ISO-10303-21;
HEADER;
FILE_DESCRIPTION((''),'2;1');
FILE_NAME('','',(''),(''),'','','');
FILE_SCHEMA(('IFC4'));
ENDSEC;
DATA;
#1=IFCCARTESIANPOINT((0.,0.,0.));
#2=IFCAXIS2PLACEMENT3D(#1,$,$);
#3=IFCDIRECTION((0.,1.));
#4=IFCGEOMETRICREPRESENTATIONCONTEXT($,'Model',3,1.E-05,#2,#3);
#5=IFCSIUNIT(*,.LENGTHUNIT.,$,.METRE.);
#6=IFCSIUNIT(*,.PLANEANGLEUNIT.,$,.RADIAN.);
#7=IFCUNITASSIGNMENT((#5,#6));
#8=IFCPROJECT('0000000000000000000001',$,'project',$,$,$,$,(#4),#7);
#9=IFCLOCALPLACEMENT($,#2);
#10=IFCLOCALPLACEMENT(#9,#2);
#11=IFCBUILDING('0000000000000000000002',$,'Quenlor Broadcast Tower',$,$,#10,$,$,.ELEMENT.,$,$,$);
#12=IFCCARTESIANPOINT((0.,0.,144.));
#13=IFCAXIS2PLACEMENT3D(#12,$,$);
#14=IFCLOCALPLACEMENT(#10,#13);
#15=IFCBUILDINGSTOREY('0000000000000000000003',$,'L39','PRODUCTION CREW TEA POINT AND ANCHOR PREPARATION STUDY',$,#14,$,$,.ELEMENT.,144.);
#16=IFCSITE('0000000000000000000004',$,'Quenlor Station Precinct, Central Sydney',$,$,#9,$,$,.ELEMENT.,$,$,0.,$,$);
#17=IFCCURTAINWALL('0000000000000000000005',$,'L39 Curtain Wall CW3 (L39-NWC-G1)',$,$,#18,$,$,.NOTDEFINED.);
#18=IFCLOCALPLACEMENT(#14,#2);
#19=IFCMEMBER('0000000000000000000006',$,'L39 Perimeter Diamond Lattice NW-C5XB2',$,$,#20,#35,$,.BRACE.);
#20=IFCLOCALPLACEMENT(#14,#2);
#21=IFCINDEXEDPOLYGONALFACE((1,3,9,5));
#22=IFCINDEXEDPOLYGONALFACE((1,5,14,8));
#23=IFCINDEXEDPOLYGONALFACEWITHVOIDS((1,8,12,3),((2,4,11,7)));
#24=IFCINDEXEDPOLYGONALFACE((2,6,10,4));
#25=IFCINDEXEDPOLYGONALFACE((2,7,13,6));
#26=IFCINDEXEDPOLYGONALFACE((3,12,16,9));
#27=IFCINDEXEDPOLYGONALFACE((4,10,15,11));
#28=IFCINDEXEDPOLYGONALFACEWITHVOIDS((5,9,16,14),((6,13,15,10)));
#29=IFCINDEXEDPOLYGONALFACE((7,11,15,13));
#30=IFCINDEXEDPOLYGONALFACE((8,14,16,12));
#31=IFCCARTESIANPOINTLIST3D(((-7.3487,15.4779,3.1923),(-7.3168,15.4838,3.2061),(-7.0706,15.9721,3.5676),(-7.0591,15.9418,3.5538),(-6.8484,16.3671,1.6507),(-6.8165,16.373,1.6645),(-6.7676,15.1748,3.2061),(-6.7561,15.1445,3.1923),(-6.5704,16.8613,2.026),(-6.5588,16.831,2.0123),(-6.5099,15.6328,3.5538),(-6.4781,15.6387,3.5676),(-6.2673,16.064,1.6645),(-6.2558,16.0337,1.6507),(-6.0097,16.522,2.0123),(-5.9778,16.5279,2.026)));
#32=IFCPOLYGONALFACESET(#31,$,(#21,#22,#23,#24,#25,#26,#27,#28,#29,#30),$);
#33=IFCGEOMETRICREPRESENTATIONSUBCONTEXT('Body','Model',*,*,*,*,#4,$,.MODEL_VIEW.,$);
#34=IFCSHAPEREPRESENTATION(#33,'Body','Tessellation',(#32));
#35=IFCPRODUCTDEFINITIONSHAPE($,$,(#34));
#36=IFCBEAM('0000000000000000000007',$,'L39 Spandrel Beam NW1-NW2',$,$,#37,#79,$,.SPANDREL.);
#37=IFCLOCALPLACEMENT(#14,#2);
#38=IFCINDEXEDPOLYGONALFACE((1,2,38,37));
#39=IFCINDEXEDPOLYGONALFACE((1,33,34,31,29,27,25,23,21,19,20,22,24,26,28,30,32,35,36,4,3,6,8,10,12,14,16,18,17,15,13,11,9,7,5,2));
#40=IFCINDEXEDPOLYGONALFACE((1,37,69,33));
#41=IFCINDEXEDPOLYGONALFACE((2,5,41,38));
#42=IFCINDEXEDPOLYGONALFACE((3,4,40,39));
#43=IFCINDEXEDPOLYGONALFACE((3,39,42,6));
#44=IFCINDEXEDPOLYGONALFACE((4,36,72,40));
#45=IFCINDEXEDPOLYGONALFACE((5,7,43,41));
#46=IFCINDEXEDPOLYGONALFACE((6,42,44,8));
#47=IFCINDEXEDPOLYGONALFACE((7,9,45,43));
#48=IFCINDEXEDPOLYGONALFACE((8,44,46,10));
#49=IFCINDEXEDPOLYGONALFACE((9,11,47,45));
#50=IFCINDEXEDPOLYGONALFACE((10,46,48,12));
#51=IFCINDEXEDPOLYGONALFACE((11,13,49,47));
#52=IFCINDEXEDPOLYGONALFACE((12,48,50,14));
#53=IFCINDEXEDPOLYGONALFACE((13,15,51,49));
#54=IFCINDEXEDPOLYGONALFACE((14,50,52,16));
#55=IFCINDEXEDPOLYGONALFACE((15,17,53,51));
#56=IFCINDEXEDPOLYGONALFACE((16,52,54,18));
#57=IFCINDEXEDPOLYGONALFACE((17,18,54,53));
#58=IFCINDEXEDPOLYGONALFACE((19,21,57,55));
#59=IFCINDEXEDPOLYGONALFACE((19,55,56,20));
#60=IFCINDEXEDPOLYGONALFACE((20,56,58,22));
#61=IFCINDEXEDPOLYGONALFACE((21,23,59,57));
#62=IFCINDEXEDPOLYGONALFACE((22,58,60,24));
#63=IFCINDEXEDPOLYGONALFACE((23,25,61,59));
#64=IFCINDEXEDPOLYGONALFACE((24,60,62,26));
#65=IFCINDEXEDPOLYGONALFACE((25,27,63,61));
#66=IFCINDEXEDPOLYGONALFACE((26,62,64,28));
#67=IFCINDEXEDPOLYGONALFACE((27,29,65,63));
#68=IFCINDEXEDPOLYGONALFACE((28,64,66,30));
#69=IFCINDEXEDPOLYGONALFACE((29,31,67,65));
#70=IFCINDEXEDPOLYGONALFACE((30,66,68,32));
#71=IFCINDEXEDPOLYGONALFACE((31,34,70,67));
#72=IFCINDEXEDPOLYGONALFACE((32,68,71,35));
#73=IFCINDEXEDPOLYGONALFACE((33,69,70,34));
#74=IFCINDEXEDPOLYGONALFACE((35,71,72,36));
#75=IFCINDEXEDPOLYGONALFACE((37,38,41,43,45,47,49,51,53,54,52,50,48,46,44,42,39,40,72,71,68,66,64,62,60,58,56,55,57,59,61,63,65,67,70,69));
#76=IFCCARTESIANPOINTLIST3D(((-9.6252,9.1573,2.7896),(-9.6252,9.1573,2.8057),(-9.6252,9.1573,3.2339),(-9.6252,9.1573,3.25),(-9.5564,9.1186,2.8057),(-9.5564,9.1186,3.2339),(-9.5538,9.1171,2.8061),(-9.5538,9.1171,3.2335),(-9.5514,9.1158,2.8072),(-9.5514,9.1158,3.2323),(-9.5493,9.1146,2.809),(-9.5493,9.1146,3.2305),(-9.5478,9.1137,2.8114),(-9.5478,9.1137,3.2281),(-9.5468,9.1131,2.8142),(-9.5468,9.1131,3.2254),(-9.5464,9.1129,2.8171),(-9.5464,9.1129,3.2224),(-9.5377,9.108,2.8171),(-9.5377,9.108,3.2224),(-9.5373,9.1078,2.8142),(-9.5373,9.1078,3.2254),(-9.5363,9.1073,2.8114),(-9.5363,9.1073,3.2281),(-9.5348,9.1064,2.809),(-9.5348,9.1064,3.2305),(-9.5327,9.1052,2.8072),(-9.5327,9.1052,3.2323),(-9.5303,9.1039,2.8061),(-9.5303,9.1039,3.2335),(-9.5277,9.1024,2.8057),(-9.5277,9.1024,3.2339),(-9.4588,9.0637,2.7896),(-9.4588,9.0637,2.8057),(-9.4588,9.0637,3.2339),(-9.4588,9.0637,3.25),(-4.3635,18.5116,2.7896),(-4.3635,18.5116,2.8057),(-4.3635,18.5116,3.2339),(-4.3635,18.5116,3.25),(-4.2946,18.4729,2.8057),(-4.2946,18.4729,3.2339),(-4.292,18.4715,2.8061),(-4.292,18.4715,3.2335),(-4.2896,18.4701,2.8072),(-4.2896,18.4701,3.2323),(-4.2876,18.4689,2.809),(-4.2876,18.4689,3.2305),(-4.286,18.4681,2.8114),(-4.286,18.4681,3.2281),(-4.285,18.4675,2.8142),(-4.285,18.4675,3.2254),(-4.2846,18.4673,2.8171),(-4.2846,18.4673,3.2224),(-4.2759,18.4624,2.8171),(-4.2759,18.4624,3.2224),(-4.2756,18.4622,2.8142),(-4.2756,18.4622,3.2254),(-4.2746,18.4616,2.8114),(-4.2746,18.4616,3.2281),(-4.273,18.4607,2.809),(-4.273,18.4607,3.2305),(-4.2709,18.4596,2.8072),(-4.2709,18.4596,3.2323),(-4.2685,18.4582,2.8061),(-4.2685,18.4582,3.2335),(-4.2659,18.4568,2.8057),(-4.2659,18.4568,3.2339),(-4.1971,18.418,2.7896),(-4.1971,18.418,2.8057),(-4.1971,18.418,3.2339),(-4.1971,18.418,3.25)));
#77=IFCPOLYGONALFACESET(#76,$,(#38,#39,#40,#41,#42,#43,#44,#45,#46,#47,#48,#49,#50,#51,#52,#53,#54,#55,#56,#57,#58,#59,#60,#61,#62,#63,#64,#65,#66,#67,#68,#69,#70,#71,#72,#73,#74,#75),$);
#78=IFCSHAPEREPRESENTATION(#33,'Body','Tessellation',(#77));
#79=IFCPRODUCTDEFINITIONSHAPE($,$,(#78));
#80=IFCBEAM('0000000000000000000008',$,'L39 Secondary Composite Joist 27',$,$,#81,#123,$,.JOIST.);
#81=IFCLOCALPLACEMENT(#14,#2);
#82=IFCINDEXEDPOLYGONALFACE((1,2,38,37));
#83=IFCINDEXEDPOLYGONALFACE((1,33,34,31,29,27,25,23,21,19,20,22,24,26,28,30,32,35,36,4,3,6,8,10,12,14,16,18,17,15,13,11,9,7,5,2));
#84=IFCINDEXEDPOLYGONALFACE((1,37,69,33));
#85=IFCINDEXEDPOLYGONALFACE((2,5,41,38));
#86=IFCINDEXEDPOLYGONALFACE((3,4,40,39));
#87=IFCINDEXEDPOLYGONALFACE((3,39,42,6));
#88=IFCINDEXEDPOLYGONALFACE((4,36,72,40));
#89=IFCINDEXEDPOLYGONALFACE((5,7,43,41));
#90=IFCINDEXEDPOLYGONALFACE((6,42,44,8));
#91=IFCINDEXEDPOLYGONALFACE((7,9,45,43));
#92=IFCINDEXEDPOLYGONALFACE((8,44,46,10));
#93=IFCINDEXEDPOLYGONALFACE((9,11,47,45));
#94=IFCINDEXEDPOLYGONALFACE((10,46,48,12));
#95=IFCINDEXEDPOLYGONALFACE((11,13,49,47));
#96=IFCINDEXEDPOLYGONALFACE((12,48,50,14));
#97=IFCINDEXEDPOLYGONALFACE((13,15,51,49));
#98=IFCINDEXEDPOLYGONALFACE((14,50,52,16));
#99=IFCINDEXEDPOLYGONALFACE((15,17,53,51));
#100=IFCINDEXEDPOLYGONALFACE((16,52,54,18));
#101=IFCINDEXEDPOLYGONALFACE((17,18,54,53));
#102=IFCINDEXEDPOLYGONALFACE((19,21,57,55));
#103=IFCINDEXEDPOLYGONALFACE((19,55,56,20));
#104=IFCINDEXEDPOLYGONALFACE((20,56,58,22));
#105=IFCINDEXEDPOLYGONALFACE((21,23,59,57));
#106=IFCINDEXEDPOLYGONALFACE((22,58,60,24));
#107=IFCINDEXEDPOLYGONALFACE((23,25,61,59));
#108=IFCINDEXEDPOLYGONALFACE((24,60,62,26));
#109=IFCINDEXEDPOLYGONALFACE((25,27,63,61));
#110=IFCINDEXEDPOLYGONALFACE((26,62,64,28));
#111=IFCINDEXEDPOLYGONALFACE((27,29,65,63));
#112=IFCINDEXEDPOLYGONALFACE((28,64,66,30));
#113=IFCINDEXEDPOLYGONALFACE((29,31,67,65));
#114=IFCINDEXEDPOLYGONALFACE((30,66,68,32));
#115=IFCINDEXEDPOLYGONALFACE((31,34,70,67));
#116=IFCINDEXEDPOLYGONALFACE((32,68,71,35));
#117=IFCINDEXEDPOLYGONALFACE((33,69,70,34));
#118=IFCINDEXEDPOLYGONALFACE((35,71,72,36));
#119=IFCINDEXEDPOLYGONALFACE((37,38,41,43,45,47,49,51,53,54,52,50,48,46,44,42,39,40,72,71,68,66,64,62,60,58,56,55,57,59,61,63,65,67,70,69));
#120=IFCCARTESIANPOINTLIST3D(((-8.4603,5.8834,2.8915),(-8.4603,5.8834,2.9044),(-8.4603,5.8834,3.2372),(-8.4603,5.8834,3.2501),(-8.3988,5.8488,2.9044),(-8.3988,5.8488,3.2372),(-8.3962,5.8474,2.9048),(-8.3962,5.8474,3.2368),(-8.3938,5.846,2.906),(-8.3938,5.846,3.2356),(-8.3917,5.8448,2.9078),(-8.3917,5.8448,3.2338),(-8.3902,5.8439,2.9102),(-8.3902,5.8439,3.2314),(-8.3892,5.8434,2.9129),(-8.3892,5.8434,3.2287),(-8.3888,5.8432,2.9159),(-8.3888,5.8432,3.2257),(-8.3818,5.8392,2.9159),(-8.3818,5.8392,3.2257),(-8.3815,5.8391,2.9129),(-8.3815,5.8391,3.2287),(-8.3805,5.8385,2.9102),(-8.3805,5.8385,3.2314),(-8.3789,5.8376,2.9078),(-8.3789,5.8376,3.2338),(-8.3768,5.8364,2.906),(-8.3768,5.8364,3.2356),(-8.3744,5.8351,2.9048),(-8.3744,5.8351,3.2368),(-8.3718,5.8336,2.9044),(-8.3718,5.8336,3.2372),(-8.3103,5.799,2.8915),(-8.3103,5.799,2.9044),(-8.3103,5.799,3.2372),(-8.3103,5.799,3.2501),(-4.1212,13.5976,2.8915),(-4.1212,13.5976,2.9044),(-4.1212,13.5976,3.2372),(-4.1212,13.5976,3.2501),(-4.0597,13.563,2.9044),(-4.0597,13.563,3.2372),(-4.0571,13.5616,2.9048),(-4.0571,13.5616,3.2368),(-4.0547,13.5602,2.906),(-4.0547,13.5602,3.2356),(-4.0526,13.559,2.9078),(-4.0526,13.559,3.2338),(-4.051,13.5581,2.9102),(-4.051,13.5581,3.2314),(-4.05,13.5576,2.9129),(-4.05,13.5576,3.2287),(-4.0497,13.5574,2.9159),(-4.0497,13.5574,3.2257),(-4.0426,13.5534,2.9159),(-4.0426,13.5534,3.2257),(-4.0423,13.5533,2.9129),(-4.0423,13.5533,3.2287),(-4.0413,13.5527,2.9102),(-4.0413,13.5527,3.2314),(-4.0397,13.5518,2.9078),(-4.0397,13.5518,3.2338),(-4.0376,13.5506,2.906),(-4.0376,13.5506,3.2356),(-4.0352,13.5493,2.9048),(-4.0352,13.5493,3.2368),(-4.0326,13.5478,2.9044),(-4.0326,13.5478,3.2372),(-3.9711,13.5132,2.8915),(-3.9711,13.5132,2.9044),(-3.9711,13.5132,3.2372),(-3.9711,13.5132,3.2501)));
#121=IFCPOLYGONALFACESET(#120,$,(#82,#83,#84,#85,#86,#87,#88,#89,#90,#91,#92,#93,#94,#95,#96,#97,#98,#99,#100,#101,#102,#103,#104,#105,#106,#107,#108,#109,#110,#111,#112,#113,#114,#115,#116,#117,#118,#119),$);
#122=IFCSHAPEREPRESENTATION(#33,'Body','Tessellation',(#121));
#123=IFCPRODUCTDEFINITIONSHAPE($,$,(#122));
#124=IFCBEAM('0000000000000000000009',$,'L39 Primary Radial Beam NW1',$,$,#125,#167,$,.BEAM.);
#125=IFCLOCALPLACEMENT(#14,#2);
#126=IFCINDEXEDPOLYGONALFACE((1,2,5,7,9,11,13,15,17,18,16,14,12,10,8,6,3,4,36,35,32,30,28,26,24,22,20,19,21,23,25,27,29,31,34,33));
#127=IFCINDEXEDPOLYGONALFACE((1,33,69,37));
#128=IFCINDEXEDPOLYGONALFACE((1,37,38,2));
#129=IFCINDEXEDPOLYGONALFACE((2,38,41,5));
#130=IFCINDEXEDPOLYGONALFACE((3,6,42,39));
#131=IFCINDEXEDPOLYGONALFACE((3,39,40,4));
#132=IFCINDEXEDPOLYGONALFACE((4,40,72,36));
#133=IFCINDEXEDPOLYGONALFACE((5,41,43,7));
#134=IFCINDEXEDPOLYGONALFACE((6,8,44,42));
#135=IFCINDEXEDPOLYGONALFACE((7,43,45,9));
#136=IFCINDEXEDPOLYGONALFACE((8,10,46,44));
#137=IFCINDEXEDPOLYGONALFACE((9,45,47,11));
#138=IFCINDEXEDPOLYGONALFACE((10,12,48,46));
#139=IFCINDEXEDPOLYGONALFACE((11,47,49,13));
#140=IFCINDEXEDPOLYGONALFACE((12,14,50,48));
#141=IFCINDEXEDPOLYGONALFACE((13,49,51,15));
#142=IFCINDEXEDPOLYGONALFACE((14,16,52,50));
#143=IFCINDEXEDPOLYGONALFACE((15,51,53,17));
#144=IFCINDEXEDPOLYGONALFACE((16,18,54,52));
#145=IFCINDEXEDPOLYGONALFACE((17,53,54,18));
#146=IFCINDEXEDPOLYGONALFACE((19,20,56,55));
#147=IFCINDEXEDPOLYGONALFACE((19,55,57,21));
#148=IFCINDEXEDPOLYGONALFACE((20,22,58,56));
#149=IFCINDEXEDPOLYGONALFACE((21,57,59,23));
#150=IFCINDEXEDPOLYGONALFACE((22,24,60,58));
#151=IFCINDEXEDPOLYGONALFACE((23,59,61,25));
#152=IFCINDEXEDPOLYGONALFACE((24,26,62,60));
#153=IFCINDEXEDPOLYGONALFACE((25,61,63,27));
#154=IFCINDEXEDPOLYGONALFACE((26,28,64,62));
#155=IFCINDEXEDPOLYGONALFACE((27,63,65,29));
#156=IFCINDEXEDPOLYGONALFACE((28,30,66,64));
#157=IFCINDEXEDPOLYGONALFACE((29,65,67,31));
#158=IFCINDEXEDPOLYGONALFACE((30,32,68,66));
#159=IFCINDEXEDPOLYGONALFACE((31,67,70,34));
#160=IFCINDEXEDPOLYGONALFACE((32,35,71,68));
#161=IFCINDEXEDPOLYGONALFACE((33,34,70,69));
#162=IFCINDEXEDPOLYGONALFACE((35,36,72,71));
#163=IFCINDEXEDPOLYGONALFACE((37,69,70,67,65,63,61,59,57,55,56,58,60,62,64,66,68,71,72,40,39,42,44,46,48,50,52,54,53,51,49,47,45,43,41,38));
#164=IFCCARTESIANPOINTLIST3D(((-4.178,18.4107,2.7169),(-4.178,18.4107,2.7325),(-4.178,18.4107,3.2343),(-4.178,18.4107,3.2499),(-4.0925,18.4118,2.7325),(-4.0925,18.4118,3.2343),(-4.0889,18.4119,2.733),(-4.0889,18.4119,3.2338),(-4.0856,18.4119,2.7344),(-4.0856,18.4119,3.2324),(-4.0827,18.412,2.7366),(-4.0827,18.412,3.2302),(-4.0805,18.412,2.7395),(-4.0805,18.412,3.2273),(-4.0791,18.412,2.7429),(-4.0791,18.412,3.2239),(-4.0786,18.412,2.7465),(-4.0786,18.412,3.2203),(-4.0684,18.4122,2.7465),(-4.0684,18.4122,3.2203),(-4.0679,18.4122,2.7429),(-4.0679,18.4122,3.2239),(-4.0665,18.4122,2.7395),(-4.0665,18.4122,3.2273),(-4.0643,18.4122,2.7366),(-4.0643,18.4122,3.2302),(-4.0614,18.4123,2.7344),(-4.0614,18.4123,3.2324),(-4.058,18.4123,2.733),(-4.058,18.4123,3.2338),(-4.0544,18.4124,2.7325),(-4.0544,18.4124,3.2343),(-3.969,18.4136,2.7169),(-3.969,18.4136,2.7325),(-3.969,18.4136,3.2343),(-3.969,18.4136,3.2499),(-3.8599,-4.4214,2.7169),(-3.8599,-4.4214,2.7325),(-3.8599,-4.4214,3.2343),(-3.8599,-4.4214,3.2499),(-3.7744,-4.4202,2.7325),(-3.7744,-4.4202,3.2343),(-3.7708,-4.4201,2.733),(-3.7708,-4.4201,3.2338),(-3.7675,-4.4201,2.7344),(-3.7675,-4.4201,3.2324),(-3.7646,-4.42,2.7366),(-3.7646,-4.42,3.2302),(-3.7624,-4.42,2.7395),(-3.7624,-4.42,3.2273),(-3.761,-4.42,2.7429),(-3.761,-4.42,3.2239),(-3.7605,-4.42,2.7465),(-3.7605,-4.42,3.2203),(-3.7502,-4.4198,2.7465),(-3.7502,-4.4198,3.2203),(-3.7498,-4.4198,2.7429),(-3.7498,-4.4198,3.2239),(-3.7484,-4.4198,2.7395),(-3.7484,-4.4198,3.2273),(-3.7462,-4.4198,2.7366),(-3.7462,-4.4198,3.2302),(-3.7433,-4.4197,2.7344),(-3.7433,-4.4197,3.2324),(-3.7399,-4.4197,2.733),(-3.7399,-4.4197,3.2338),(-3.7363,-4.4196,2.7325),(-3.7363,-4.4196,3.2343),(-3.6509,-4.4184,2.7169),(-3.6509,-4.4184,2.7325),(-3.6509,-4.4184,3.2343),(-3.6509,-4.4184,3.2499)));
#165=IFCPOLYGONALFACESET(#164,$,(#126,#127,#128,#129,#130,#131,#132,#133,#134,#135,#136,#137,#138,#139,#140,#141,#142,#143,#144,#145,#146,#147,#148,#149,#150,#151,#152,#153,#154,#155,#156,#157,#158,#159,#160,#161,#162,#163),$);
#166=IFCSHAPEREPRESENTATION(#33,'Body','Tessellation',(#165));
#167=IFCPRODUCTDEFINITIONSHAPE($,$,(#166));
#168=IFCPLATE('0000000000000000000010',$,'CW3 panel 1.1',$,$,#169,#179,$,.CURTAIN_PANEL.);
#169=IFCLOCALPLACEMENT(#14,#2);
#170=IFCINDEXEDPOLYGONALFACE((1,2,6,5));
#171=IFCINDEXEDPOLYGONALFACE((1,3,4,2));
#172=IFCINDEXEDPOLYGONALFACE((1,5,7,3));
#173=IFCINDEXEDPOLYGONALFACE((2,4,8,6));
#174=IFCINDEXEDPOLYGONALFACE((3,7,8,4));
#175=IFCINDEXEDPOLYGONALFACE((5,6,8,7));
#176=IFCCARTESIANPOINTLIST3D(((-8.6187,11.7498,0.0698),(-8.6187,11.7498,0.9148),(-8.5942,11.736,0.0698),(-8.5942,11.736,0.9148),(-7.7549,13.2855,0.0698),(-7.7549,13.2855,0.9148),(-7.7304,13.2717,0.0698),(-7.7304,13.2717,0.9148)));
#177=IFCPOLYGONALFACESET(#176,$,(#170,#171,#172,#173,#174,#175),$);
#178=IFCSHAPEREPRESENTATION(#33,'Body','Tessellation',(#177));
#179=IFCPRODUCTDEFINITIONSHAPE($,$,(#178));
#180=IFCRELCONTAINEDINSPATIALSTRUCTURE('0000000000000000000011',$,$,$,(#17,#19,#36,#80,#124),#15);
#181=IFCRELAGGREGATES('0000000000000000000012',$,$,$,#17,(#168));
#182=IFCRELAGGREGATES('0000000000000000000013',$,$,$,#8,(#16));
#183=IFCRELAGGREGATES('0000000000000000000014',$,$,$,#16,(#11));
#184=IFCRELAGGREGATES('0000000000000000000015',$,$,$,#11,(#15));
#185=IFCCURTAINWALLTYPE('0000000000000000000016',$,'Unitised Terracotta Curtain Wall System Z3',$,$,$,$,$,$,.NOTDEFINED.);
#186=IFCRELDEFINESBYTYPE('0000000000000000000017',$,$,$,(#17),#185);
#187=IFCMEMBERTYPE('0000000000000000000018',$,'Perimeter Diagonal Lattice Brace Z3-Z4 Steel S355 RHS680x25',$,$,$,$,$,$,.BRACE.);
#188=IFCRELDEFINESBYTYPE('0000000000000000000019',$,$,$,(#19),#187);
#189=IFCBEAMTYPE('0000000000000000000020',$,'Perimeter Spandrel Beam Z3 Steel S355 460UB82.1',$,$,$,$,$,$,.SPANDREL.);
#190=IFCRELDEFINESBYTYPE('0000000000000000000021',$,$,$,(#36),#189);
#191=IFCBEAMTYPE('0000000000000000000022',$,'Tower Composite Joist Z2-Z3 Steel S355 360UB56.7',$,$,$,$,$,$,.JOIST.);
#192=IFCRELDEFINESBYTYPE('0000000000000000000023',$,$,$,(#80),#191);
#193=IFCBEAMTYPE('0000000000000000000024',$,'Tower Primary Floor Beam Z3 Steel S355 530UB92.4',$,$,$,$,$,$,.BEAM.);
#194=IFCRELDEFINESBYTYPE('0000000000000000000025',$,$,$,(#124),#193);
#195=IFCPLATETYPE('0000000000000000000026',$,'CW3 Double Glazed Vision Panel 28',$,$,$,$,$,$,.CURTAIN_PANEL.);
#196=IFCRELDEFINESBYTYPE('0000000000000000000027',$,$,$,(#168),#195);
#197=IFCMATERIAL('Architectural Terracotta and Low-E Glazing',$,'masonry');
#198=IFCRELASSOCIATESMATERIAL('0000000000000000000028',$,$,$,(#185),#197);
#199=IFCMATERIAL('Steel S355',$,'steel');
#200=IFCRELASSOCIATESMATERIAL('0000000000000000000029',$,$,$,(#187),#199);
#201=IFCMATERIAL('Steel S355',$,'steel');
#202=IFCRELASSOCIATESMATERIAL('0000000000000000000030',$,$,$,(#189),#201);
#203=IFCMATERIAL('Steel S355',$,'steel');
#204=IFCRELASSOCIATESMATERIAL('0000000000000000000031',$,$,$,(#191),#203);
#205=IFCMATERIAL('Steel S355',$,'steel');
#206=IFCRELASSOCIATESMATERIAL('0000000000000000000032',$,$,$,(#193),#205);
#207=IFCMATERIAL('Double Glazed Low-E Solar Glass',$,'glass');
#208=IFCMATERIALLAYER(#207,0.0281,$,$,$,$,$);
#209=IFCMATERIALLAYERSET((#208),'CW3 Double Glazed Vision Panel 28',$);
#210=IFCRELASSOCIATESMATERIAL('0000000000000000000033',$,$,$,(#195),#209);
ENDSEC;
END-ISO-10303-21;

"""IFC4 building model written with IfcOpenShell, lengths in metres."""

from ifc_helpers import new_model, si_unit, direction, frame, origin, origin_2d, place, context, subcontext, project, spatial, rectangle, hollow_rectangle, i_section, extrude, material, layer, layer_set, material_profile, profile_set, type_object, element, aggregate, save


model = new_model("IFC4")

# Units and contexts
model_context = context("Model", 3, precision=1e-05, world=origin(), true_north=direction((0.0, 1.0)))
body_context = subcontext(model_context, "Body", "Model", "MODEL_VIEW")
ifc_project = project(units=[si_unit("LENGTHUNIT", "METRE"), si_unit("PLANEANGLEUNIT", "RADIAN")], contexts=[model_context])

# Site, building, storey
site_placement = place(None, origin())
site = spatial("IfcSite", under=ifc_project, at=site_placement, Name="Quenlor Station Precinct, Central Sydney", CompositionType="ELEMENT", RefElevation=0.0)
building_placement = place(site_placement, origin())
building = spatial("IfcBuilding", under=site, at=building_placement, Name="Quenlor Broadcast Tower", CompositionType="ELEMENT")
storey_placement = place(building_placement, frame((0.0, 0.0, 144.0)))
storey = spatial("IfcBuildingStorey", under=building, at=storey_placement, Name="L39", Description="PRODUCTION CREW TEA POINT AND ANCHOR PREPARATION STUDY", CompositionType="ELEMENT", Elevation=144.0)

# Curtain wall
ifc_material_1 = material(Name="Architectural Terracotta and Low-E Glazing", Category="masonry")
curtain_wall_type = type_object("IfcCurtainWallType", Name="Unitised Terracotta Curtain Wall System Z3", PredefinedType="NOTDEFINED", material=ifc_material_1)
curtain_wall_placement = place(storey_placement, origin())
curtain_wall = element("IfcCurtainWall", 1, at=curtain_wall_placement, inside=storey, type_object=curtain_wall_type, Name="L39 Curtain Wall CW3 (L39-NWC-G1)", PredefinedType="NOTDEFINED")

# Member
ifc_material_2 = material(Name="Steel S355", Category="steel")
ifc_material_profile_1 = material_profile(ifc_material_2, hollow_rectangle(XDim=0.6799, YDim=0.6799, WallThickness=0.0249, at=origin_2d()))
ifc_profile_set_1 = profile_set([ifc_material_profile_1], Name="Steel S355 RHS680x680x25")
member_type_1 = type_object("IfcMemberType", Name="Perimeter Diagonal Lattice Brace Z3-Z4 Steel S355 RHS680x25", PredefinedType="BRACE", material=ifc_profile_set_1)
for number, where, z_axis, x_axis, name in (
    (2, (-6.4131, 16.4475, 1.8384), (-0.270616, -0.481008, 0.833905), (0.871537, -0.490329, 0.0), "L39 Perimeter Diamond Lattice NW-C5XB2"),
):
    element("IfcMember", number, at=place(storey_placement, frame(where, z_axis=z_axis, x_axis=x_axis)), inside=storey, type_object=member_type_1, Name=name, PredefinedType="BRACE", context=body_context, shape_type="SweptSolid", body=[
        extrude(hollow_rectangle(XDim=0.6799, YDim=0.6799, WallThickness=0.0249, at=origin_2d()), origin(), (0.0, 0.0, 1.0), 1.8486),
    ])

# Beams
ifc_material_3 = material(Name="Steel S355", Category="steel")
ifc_material_profile_2 = material_profile(ifc_material_3, i_section(OverallWidth=0.1909, OverallDepth=0.4604, WebThickness=0.01, FlangeThickness=0.0161, FilletRadius=0.0115, at=origin_2d()))
ifc_profile_set_2 = profile_set([ifc_material_profile_2], Name="Steel S355 460UB82.1")
beam_type_1 = type_object("IfcBeamType", Name="Perimeter Spandrel Beam Z3 Steel S355 460UB82.1", PredefinedType="SPANDREL", material=ifc_profile_set_2)
beam_1_placement = place(storey_placement, frame((-4.2803, 18.4648, 3.0198), z_axis=(-0.490258, -0.871577, 0.0), x_axis=(0.871577, -0.490258, 0.0)))
element("IfcBeam", 3, at=beam_1_placement, inside=storey, type_object=beam_type_1, Name="L39 Spandrel Beam NW1-NW2", PredefinedType="SPANDREL", context=body_context, shape_type="SweptSolid", body=[
    extrude(i_section(OverallWidth=0.1909, OverallDepth=0.4604, WebThickness=0.01, FlangeThickness=0.0161, FilletRadius=0.0115, at=origin_2d()), origin(), (0.0, 0.0, 1.0), 10.7327),
])
ifc_material_4 = material(Name="Steel S355", Category="steel")
ifc_material_profile_3 = material_profile(ifc_material_4, i_section(OverallWidth=0.1721, OverallDepth=0.3586, WebThickness=0.0081, FlangeThickness=0.0129, FilletRadius=0.0115, at=origin_2d()))
ifc_profile_set_3 = profile_set([ifc_material_profile_3], Name="Steel S355 360UB56.7")
beam_type_2 = type_object("IfcBeamType", Name="Tower Composite Joist Z2-Z3 Steel S355 360UB56.7", PredefinedType="JOIST", material=ifc_profile_set_3)
beam_2_placement = place(storey_placement, frame((-4.0461, 13.5554, 3.0708), z_axis=(-0.490255, -0.871579, 0.0), x_axis=(0.871579, -0.490255, 0.0)))
element("IfcBeam", 4, at=beam_2_placement, inside=storey, type_object=beam_type_2, Name="L39 Secondary Composite Joist 27", PredefinedType="JOIST", context=body_context, shape_type="SweptSolid", body=[
    extrude(i_section(OverallWidth=0.1721, OverallDepth=0.3586, WebThickness=0.0081, FlangeThickness=0.0129, FilletRadius=0.0115, at=origin_2d()), origin(), (0.0, 0.0, 1.0), 8.8508),
])
ifc_material_5 = material(Name="Steel S355", Category="steel")
ifc_material_profile_4 = material_profile(ifc_material_5, i_section(OverallWidth=0.209, OverallDepth=0.533, WebThickness=0.0103, FlangeThickness=0.0156, FilletRadius=0.0139, at=origin_2d()))
ifc_profile_set_4 = profile_set([ifc_material_profile_4], Name="Steel S355 530UB92.4")
beam_type_3 = type_object("IfcBeamType", Name="Tower Primary Floor Beam Z3 Steel S355 530UB92.4", PredefinedType="BEAM", material=ifc_profile_set_4)
beam_3_placement = place(storey_placement, frame((-4.0735, 18.4121, 2.9834), z_axis=(0.013931, -0.999903, 0.0), x_axis=(0.999903, 0.013931, 0.0)))
element("IfcBeam", 5, at=beam_3_placement, inside=storey, type_object=beam_type_3, Name="L39 Primary Radial Beam NW1", PredefinedType="BEAM", context=body_context, shape_type="SweptSolid", body=[
    extrude(i_section(OverallWidth=0.209, OverallDepth=0.533, WebThickness=0.0103, FlangeThickness=0.0156, FilletRadius=0.0139, at=origin_2d()), origin(), (0.0, 0.0, 1.0), 22.8342),
])

# Plate
ifc_material_6 = material(Name="Double Glazed Low-E Solar Glass", Category="glass")
ifc_layer_1 = layer(ifc_material_6, 0.0281)
ifc_layer_set_1 = layer_set([ifc_layer_1], Name="CW3 Double Glazed Vision Panel 28")
plate_type_1 = type_object("IfcPlateType", Name="CW3 Double Glazed Vision Panel 28", PredefinedType="CURTAIN_PANEL", material=ifc_layer_set_1)
plate_1_placement = place(storey_placement, frame((-8.1746, 12.5107, 0.0698), z_axis=(0.0, 0.0, 1.0), x_axis=(0.49027, 0.871571, 0.0)))
plate_1 = element("IfcPlate", 6, at=plate_1_placement, type_object=plate_type_1, Name="CW3 panel 1.1", PredefinedType="CURTAIN_PANEL", context=body_context, shape_type="SweptSolid", body=[
    extrude(rectangle(XDim=1.762, YDim=0.0281, at=origin_2d()), origin(), (0.0, 0.0, 1.0), 0.845),
])
aggregate(curtain_wall, [plate_1])

save(model, "model.ifc")
